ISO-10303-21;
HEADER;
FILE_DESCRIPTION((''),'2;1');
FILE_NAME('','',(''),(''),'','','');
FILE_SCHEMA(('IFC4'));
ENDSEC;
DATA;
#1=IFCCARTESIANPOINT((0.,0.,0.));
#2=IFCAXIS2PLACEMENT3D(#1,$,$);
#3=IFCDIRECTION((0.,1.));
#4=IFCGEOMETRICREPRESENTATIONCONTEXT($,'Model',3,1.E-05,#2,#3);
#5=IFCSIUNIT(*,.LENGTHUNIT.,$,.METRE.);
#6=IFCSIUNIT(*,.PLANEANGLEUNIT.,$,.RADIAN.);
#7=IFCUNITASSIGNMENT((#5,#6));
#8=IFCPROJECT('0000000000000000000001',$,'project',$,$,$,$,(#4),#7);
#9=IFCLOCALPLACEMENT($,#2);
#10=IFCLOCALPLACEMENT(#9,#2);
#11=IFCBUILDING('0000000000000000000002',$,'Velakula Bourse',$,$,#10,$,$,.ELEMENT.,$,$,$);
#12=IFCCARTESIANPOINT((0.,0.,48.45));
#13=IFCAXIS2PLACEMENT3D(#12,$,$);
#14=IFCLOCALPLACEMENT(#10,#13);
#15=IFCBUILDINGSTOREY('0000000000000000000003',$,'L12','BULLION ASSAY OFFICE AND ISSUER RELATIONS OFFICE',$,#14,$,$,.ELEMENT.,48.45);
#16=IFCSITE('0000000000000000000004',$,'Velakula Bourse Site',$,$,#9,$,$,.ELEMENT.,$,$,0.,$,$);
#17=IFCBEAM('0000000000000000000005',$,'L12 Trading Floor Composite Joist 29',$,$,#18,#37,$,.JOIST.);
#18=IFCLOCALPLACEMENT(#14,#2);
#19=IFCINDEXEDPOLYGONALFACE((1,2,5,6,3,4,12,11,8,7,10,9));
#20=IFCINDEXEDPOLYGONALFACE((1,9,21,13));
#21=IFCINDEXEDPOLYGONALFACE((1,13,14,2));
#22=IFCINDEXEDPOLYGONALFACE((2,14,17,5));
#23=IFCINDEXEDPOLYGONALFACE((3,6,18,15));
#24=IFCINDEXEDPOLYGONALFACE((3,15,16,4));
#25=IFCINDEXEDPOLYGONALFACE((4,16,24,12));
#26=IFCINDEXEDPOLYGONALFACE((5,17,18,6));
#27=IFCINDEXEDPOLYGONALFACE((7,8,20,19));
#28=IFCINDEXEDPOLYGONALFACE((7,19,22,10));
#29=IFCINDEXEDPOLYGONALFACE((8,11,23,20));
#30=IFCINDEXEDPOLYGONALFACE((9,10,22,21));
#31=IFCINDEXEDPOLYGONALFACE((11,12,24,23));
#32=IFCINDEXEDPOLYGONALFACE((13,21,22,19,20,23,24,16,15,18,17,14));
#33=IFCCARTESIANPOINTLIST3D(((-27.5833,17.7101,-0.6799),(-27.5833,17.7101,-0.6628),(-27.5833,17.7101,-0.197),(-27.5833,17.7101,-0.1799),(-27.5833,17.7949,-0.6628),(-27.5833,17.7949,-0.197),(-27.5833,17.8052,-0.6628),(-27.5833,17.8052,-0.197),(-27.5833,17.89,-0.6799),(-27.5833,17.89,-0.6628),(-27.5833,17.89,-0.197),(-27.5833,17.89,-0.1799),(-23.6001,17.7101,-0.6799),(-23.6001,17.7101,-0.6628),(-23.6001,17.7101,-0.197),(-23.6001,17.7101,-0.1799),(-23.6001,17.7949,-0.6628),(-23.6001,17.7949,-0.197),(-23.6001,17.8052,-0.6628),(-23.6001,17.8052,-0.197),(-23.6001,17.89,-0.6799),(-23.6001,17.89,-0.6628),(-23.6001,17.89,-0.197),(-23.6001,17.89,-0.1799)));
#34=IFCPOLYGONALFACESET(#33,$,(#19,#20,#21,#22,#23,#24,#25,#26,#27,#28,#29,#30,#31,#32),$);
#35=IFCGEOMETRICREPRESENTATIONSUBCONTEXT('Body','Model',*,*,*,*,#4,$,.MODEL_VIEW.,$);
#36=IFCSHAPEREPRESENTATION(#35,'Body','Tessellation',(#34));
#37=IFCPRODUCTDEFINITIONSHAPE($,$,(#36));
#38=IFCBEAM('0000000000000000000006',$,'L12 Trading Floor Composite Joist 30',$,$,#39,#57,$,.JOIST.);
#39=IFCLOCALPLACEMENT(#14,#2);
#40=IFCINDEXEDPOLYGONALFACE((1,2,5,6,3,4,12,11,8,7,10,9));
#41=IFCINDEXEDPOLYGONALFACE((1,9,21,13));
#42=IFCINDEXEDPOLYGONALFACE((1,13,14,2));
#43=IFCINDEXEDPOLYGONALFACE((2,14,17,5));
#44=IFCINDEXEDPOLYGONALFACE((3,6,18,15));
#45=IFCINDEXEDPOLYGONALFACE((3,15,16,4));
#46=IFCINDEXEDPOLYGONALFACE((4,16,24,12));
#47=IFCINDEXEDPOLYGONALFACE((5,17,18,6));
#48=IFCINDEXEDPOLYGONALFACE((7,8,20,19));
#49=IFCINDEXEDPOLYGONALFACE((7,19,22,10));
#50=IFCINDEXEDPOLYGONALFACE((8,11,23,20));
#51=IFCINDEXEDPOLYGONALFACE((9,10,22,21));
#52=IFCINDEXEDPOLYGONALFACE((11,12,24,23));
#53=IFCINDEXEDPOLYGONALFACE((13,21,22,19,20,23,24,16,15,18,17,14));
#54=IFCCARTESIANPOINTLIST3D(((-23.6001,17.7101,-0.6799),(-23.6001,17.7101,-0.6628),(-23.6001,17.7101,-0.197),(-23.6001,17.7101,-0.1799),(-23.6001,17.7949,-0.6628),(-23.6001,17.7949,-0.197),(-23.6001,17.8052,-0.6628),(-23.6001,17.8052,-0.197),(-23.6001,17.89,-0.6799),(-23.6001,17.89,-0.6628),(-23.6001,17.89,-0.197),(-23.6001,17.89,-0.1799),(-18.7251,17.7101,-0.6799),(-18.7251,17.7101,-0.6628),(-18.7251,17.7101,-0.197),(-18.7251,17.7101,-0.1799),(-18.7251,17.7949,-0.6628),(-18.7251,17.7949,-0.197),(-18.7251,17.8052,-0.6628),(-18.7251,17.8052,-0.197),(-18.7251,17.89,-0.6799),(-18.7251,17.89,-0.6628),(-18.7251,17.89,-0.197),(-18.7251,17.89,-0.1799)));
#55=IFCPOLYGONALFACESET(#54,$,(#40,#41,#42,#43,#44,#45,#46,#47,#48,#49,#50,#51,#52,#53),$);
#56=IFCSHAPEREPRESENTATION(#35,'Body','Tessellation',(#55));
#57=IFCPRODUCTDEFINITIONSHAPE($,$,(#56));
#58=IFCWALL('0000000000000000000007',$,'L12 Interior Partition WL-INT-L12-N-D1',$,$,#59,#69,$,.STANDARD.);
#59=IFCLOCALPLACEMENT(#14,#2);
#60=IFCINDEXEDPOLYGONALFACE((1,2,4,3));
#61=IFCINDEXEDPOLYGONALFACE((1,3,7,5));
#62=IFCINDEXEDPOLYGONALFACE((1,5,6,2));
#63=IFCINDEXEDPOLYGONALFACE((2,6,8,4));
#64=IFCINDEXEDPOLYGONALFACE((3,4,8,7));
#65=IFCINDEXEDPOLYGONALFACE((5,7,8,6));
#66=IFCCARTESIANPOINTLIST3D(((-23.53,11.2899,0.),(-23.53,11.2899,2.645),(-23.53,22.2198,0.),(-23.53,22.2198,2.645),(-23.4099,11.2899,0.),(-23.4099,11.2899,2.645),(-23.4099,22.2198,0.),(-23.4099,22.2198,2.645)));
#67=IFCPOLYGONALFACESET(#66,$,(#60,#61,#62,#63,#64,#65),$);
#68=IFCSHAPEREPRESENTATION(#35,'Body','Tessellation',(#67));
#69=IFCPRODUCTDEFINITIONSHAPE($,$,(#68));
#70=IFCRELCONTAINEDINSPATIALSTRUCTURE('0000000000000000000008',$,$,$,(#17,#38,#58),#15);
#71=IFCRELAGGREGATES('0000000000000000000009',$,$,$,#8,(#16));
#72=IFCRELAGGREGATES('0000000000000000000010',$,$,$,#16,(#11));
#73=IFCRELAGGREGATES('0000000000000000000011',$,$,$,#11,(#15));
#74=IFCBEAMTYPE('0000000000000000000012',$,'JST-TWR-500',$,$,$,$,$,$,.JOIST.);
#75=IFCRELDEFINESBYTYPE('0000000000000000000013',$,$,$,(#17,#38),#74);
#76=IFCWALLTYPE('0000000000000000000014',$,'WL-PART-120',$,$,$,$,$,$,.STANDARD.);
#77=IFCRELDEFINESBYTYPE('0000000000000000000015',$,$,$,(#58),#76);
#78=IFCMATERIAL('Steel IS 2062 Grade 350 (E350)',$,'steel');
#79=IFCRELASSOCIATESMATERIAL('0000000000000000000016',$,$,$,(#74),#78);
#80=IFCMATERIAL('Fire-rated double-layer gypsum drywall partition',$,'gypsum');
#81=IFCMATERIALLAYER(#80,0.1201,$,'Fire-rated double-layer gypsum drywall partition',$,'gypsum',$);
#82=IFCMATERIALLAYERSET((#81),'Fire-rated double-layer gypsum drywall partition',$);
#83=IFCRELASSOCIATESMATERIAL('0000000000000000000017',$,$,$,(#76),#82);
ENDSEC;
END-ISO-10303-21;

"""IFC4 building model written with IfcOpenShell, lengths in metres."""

from ifc_helpers import new_model, si_unit, direction, frame, frame_2d, origin, origin_2d, place, context, subcontext, project, spatial, rectangle, i_section, extrude, material, layer, layer_set, material_profile, profile_set, type_object, element, save


model = new_model("IFC4")

# Units and contexts
model_context = context("Model", 3, precision=1e-05, world=origin(), true_north=direction((0.0, 1.0)))
body_context = subcontext(model_context, "Body", "Model", "MODEL_VIEW")
ifc_project = project(units=[si_unit("LENGTHUNIT", "METRE"), si_unit("PLANEANGLEUNIT", "RADIAN")], contexts=[model_context])

# Site, building, storey
site_placement = place(None, origin())
site = spatial("IfcSite", under=ifc_project, at=site_placement, Name="Velakula Bourse Site", CompositionType="ELEMENT", RefElevation=0.0)
building_placement = place(site_placement, origin())
building = spatial("IfcBuilding", under=site, at=building_placement, Name="Velakula Bourse", CompositionType="ELEMENT")
storey_placement = place(building_placement, frame((0.0, 0.0, 48.45)))
storey = spatial("IfcBuildingStorey", under=building, at=storey_placement, Name="L12", Description="BULLION ASSAY OFFICE AND ISSUER RELATIONS OFFICE", CompositionType="ELEMENT", Elevation=48.45)

# Beams
ifc_material_1 = material(Name="Steel IS 2062 Grade 350 (E350)", Category="steel")
ifc_material_profile_1 = material_profile(ifc_material_1, i_section(OverallWidth=0.1799, OverallDepth=0.5, WebThickness=0.0103, FlangeThickness=0.0171, at=origin_2d()), Name="Steel IS 2062 Grade 350 (E350)")
ifc_profile_set_1 = profile_set([ifc_material_profile_1], Name="Steel IS 2062 Grade 350 (E350)")
beam_type_1 = type_object("IfcBeamType", Name="JST-TWR-500", PredefinedType="JOIST", material=ifc_profile_set_1)
beam_1_placement = place(storey_placement, frame((-27.5833, 17.8, -0.4299), z_axis=(1.0, 0.0, 0.0), x_axis=(0.0, 1.0, 0.0)))
element("IfcBeam", 1, at=beam_1_placement, inside=storey, type_object=beam_type_1, Name="L12 Trading Floor Composite Joist 29", PredefinedType="JOIST", context=body_context, shape_type="SweptSolid", body=[
    extrude(i_section(OverallWidth=0.1799, OverallDepth=0.5, WebThickness=0.0103, FlangeThickness=0.0171, at=origin_2d()), origin(), (0.0, 0.0, 1.0), 3.9832),
])
beam_2_placement = place(storey_placement, frame((-23.6001, 17.8, -0.4299), z_axis=(1.0, 0.0, 0.0), x_axis=(0.0, 1.0, 0.0)))
element("IfcBeam", 2, at=beam_2_placement, inside=storey, type_object=beam_type_1, Name="L12 Trading Floor Composite Joist 30", PredefinedType="JOIST", context=body_context, shape_type="SweptSolid", body=[
    extrude(i_section(OverallWidth=0.1799, OverallDepth=0.5, WebThickness=0.0103, FlangeThickness=0.0171, at=origin_2d()), origin(), (0.0, 0.0, 1.0), 4.875),
])

# Wall
ifc_material_2 = material(Name="Fire-rated double-layer gypsum drywall partition", Category="gypsum")
ifc_layer = layer(ifc_material_2, 0.1201, Name="Fire-rated double-layer gypsum drywall partition", Category="gypsum")
ifc_layer_set = layer_set([ifc_layer], Name="Fire-rated double-layer gypsum drywall partition")
wall_type = type_object("IfcWallType", Name="WL-PART-120", PredefinedType="STANDARD", material=ifc_layer_set)
wall_placement = place(storey_placement, frame((-23.47, 11.29, 0.0), z_axis=(0.0, 0.0, 1.0), x_axis=(0.0, 1.0, 0.0)))
element("IfcWall", 3, at=wall_placement, inside=storey, type_object=wall_type, Name="L12 Interior Partition WL-INT-L12-N-D1", PredefinedType="STANDARD", context=body_context, shape_type="SweptSolid", body=[
    extrude(rectangle(XDim=10.9299, YDim=0.1201, at=frame_2d((5.4648, 0.0))), origin(), (0.0, 0.0, 1.0), 2.645),
])

save(model, "model.ifc")
